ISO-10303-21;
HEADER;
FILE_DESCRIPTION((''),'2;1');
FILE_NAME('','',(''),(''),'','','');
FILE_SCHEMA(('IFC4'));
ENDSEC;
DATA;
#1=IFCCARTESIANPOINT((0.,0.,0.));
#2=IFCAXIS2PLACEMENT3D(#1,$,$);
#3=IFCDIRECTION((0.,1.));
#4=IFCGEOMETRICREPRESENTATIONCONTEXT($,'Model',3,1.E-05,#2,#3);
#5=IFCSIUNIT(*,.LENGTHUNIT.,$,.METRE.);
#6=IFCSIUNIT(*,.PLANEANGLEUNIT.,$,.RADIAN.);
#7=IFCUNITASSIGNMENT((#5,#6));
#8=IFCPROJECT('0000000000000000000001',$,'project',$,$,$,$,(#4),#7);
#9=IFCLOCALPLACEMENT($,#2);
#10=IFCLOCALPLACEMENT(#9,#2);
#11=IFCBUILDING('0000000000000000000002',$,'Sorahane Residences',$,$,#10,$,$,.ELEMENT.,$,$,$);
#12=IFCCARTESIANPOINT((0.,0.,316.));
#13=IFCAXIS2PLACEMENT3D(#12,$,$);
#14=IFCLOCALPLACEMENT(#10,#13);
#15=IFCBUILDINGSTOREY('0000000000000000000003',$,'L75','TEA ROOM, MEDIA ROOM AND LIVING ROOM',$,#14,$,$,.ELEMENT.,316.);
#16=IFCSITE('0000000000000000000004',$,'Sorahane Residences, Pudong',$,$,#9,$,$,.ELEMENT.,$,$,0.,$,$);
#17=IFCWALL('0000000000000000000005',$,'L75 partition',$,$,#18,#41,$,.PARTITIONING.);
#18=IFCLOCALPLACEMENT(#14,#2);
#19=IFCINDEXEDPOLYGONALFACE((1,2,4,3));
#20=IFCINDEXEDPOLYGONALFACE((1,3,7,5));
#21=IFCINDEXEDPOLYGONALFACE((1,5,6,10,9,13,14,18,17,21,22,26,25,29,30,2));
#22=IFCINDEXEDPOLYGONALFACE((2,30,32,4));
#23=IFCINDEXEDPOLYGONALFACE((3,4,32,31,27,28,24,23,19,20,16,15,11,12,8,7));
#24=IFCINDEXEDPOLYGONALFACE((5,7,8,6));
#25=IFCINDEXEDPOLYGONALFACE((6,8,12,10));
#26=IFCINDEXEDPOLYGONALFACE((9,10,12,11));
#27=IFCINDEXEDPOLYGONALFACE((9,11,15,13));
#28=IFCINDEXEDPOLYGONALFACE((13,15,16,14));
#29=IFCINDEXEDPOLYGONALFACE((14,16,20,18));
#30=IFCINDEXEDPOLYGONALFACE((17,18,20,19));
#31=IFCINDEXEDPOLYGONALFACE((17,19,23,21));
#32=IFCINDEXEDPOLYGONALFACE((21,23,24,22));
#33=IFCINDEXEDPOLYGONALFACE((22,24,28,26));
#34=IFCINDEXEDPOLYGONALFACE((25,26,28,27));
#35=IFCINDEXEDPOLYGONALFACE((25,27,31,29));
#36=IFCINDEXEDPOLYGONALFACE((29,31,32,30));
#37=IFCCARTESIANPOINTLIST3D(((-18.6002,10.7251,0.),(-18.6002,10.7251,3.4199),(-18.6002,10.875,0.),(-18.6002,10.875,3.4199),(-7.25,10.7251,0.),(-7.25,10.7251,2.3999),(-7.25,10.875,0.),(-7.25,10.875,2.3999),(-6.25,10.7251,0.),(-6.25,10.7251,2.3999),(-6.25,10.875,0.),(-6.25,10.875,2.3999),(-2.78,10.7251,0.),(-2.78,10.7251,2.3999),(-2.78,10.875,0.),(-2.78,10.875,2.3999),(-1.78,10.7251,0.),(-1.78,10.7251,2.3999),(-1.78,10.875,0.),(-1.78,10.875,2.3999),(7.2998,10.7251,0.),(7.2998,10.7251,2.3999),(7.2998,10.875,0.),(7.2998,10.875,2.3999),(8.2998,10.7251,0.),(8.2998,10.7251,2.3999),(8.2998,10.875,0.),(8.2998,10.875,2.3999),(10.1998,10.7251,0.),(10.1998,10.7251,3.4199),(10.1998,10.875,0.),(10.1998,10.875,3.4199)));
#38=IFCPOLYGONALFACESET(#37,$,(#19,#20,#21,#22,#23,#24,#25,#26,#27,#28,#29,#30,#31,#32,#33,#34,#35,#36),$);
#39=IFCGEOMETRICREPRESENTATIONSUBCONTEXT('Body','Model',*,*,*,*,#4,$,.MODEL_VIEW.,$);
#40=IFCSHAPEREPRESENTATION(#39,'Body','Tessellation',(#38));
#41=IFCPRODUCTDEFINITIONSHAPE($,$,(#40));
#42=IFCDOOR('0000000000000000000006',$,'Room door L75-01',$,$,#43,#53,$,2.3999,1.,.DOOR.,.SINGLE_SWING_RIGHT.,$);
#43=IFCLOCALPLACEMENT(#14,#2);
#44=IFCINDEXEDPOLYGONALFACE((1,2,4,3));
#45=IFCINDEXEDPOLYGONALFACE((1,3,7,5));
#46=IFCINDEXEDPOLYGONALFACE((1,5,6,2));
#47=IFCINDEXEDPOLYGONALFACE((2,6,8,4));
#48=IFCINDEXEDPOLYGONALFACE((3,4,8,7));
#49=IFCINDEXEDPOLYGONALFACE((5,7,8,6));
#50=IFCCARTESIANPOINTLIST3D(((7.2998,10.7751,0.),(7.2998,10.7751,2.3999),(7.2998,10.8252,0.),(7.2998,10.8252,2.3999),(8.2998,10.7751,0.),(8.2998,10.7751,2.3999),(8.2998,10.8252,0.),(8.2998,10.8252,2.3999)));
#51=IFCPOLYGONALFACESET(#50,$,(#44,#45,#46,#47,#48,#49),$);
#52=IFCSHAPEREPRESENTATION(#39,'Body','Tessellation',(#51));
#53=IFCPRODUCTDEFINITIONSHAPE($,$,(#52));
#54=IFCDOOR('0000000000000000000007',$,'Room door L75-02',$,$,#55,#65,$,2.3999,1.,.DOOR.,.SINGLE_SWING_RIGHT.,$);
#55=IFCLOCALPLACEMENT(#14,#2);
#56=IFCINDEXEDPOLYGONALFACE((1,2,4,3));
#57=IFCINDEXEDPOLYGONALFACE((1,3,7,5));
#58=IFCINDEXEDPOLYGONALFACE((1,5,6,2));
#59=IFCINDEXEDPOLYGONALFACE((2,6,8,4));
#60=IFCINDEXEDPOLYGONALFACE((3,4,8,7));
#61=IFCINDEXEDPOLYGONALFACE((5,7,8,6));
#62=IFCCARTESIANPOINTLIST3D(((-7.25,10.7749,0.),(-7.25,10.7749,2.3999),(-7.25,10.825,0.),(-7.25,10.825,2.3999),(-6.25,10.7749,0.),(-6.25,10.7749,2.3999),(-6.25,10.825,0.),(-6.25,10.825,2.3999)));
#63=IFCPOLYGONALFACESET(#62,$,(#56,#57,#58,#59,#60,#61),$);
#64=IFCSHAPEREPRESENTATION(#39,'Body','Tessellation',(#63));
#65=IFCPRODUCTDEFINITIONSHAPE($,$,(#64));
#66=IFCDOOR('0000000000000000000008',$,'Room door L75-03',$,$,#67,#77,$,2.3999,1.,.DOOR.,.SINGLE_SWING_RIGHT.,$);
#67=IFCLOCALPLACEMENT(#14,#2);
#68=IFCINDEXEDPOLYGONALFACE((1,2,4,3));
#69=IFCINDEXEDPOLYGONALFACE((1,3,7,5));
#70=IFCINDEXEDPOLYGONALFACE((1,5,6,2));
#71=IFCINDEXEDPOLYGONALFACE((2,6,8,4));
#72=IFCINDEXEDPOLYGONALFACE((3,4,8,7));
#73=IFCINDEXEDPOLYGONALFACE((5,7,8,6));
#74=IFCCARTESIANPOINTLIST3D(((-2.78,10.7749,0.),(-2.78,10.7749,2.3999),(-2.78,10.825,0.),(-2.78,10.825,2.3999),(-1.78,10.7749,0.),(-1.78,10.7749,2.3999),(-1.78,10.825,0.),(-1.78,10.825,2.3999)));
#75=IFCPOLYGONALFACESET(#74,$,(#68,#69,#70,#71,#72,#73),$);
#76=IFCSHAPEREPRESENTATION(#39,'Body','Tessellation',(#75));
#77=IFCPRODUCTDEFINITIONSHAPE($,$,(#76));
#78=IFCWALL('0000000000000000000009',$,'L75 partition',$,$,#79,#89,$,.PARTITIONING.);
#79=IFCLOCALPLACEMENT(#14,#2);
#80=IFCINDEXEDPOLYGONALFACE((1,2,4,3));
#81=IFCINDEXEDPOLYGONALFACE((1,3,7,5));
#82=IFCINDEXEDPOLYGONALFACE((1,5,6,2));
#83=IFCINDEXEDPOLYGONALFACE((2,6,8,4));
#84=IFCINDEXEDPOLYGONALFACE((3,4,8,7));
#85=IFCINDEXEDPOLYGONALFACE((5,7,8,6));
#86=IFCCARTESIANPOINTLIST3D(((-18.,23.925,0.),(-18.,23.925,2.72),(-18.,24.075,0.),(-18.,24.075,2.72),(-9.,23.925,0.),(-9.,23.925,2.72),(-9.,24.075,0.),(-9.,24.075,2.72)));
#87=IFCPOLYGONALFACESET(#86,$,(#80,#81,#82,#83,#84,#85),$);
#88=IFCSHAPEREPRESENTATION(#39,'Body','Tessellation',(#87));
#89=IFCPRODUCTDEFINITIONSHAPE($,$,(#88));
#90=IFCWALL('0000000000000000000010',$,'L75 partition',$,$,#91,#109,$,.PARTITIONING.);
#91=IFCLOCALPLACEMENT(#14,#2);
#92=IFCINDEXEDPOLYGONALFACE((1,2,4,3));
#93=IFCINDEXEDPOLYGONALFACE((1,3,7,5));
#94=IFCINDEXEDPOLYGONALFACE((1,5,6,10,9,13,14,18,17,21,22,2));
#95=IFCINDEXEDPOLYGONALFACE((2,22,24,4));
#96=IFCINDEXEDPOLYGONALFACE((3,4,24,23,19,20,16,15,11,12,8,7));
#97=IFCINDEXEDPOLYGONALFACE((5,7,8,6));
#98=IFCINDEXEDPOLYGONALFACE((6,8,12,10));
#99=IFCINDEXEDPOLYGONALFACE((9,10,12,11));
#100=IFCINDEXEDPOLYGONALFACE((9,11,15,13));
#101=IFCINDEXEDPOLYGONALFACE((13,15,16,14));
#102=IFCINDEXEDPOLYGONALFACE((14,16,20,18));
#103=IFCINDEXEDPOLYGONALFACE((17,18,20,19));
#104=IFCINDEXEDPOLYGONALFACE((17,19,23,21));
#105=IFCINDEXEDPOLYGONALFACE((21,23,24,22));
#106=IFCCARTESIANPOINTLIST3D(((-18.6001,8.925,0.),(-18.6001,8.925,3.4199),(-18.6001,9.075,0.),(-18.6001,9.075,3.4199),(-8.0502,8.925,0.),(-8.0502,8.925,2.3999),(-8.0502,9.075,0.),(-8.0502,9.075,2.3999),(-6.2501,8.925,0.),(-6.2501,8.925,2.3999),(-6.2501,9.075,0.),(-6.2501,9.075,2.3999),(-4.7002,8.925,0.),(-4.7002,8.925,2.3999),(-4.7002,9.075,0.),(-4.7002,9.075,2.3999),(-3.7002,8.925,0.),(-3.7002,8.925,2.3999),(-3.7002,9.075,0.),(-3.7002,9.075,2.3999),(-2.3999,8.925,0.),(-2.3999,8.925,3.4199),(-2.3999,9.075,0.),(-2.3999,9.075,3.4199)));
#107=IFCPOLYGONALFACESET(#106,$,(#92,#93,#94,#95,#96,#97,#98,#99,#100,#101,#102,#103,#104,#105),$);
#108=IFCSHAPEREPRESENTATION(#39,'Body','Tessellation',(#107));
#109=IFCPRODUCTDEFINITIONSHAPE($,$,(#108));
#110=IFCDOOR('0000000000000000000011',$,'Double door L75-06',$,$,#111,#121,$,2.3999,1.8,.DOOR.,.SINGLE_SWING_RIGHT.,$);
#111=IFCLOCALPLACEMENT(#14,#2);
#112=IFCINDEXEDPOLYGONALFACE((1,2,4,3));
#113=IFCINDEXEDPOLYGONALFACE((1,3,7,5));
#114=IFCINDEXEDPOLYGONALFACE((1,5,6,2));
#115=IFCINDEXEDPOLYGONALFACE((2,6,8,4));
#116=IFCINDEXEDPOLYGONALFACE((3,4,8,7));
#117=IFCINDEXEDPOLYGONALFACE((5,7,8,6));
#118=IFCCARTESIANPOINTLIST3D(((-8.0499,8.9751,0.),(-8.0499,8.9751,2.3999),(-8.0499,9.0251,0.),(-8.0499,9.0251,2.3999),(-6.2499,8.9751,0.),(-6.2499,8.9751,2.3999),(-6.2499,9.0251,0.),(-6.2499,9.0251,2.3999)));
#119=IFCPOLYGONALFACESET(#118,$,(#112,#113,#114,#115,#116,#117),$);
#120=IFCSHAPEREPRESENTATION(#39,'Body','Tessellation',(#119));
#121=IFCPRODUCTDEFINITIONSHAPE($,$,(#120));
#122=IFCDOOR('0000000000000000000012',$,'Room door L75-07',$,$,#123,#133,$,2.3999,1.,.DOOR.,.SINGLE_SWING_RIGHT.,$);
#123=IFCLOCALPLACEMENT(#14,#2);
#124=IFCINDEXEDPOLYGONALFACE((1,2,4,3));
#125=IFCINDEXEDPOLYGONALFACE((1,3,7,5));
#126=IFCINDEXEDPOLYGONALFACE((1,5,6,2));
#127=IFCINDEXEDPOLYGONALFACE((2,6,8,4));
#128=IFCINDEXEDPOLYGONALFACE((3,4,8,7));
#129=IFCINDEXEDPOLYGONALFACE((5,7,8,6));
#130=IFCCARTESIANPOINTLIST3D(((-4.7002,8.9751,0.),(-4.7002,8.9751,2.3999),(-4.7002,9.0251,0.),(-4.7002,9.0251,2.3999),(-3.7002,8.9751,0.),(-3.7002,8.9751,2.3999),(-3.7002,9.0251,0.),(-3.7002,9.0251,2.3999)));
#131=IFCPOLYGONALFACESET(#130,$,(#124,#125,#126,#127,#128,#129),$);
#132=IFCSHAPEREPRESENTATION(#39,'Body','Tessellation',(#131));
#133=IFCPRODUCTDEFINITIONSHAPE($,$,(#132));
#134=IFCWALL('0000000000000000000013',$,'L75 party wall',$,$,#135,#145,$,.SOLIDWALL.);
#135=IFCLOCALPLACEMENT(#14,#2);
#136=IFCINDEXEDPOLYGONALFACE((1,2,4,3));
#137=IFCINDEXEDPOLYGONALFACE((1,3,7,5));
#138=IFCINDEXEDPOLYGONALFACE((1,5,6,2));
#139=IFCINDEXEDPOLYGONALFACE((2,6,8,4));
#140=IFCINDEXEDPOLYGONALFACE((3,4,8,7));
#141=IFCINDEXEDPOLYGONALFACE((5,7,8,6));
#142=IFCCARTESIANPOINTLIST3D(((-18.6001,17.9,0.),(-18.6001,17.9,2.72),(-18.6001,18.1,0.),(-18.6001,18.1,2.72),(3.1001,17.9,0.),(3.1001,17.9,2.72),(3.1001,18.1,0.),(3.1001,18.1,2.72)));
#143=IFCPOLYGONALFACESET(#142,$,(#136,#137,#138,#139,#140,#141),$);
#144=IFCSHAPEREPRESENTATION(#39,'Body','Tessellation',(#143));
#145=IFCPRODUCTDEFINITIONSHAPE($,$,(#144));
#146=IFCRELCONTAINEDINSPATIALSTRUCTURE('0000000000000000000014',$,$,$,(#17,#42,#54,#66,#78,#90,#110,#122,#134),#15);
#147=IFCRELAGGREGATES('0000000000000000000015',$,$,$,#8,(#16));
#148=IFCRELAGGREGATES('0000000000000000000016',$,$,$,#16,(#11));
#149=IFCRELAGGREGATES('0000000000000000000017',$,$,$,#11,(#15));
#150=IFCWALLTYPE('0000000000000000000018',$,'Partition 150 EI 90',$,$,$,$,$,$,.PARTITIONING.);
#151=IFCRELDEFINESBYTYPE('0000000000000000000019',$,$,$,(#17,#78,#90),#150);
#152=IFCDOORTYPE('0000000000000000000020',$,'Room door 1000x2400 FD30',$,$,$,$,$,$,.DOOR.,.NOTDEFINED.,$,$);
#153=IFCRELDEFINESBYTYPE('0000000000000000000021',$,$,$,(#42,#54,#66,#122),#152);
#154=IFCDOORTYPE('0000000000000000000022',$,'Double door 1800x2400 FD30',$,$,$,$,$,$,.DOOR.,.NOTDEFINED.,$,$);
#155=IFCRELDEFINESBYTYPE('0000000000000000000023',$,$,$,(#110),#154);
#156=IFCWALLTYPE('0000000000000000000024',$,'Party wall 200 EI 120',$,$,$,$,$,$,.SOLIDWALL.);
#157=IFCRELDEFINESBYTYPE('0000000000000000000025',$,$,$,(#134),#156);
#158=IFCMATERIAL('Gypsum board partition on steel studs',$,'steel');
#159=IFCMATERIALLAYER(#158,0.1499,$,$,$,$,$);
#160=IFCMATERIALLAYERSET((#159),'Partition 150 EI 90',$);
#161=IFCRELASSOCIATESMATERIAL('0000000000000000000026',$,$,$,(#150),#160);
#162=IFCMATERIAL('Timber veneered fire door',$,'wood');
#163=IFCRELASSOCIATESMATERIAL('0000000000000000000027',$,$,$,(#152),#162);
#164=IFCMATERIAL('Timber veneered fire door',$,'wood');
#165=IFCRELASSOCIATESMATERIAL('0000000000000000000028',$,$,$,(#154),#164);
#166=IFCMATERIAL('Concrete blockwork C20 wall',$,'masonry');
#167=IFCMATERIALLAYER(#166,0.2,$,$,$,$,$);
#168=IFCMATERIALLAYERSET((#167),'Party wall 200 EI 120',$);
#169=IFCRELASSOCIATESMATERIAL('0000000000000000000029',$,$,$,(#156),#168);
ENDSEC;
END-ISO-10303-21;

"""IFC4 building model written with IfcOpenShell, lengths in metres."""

from ifc_helpers import new_model, si_unit, direction, frame, frame_2d, origin, place, context, subcontext, project, spatial, rectangle, extrude, material, layer, layer_set, type_object, element, fill, save


model = new_model("IFC4")

# Units and contexts
model_context = context("Model", 3, precision=1e-05, world=origin(), true_north=direction((0.0, 1.0)))
body_context = subcontext(model_context, "Body", "Model", "MODEL_VIEW")
ifc_project = project(units=[si_unit("LENGTHUNIT", "METRE"), si_unit("PLANEANGLEUNIT", "RADIAN")], contexts=[model_context])

# Site, building, storey
site_placement = place(None, origin())
site = spatial("IfcSite", under=ifc_project, at=site_placement, Name="Sorahane Residences, Pudong", CompositionType="ELEMENT", RefElevation=0.0)
building_placement = place(site_placement, origin())
building = spatial("IfcBuilding", under=site, at=building_placement, Name="Sorahane Residences", CompositionType="ELEMENT")
storey_placement = place(building_placement, frame((0.0, 0.0, 316.0)))
storey = spatial("IfcBuildingStorey", under=building, at=storey_placement, Name="L75", Description="TEA ROOM, MEDIA ROOM AND LIVING ROOM", CompositionType="ELEMENT", Elevation=316.0)

# Wall, openings, doors
ifc_material_1 = material(Name="Gypsum board partition on steel studs", Category="steel")
ifc_layer_1 = layer(ifc_material_1, 0.1499)
ifc_layer_set_1 = layer_set([ifc_layer_1], Name="Partition 150 EI 90")
wall_type_1 = type_object("IfcWallType", Name="Partition 150 EI 90", PredefinedType="PARTITIONING", material=ifc_layer_set_1)
wall_1_placement = place(storey_placement, frame((-18.6001, 10.8, 0.0), z_axis=(0.0, 0.0, 1.0), x_axis=(1.0, 0.0, 0.0)))
wall_1 = element("IfcWall", 1, at=wall_1_placement, inside=storey, type_object=wall_type_1, Name="L75 partition", PredefinedType="PARTITIONING", context=body_context, shape_type="SweptSolid", body=[
    extrude(rectangle(XDim=28.8, YDim=0.1499, at=frame_2d((14.3999, 0.0))), origin(), (0.0, 0.0, 1.0), 3.4199),
])
opening_1_placement = place(wall_1_placement, frame((25.8999, 0.0, 0.0)))
opening_1 = element("IfcOpeningElement", 2, at=opening_1_placement, cuts=wall_1, PredefinedType="OPENING", context=body_context, shape_type="SweptSolid", body=[
    extrude(rectangle(XDim=1.0, YDim=2.3999, at=frame_2d((0.5, 1.2))), frame((0.0, 0.085, 0.0), z_axis=(0.0, -1.0, 0.0), x_axis=(1.0, 0.0, 0.0)), (0.0, 0.0, 1.0), 0.1699),
])
opening_2_placement = place(wall_1_placement, frame((11.3501, 0.0, 0.0)))
opening_2 = element("IfcOpeningElement", 3, at=opening_2_placement, cuts=wall_1, PredefinedType="OPENING", context=body_context, shape_type="SweptSolid", body=[
    extrude(rectangle(XDim=1.0, YDim=2.3999, at=frame_2d((0.5, 1.2))), frame((0.0, 0.085, 0.0), z_axis=(0.0, -1.0, 0.0), x_axis=(1.0, 0.0, 0.0)), (0.0, 0.0, 1.0), 0.1699),
])
opening_3_placement = place(wall_1_placement, frame((15.8201, 0.0, 0.0)))
opening_3 = element("IfcOpeningElement", 4, at=opening_3_placement, cuts=wall_1, PredefinedType="OPENING", context=body_context, shape_type="SweptSolid", body=[
    extrude(rectangle(XDim=1.0, YDim=2.3999, at=frame_2d((0.5, 1.2))), frame((0.0, 0.085, 0.0), z_axis=(0.0, -1.0, 0.0), x_axis=(1.0, 0.0, 0.0)), (0.0, 0.0, 1.0), 0.1699),
])
ifc_material_2 = material(Name="Timber veneered fire door", Category="wood")
door_type_1 = type_object("IfcDoorType", Name="Room door 1000x2400 FD30", OperationType="NOTDEFINED", PredefinedType="DOOR", material=ifc_material_2)
door_1_placement = place(opening_1_placement, frame((1.0, 0.0, 0.0), z_axis=(0.0, 0.0, 1.0), x_axis=(-1.0, 0.0, 0.0)))
door_1 = element("IfcDoor", 5, at=door_1_placement, inside=storey, type_object=door_type_1, Name="Room door L75-01", OperationType="SINGLE_SWING_RIGHT", OverallHeight=2.3999, OverallWidth=1.0, PredefinedType="DOOR", context=body_context, shape_type="SweptSolid", body=[
    extrude(rectangle(XDim=1.0, YDim=2.3999, at=frame_2d((0.5, 1.2))), frame((0.0, 0.0249, 0.0), z_axis=(0.0, -1.0, 0.0), x_axis=(1.0, 0.0, 0.0)), (0.0, 0.0, 1.0), 0.05),
])
fill(opening_1, door_1)
door_2_placement = place(opening_2_placement, origin())
door_2 = element("IfcDoor", 6, at=door_2_placement, inside=storey, type_object=door_type_1, Name="Room door L75-02", OperationType="SINGLE_SWING_RIGHT", OverallHeight=2.3999, OverallWidth=1.0, PredefinedType="DOOR", context=body_context, shape_type="SweptSolid", body=[
    extrude(rectangle(XDim=1.0, YDim=2.3999, at=frame_2d((0.5, 1.2))), frame((0.0, 0.0249, 0.0), z_axis=(0.0, -1.0, 0.0), x_axis=(1.0, 0.0, 0.0)), (0.0, 0.0, 1.0), 0.05),
])
fill(opening_2, door_2)
door_3_placement = place(opening_3_placement, origin())
door_3 = element("IfcDoor", 7, at=door_3_placement, inside=storey, type_object=door_type_1, Name="Room door L75-03", OperationType="SINGLE_SWING_RIGHT", OverallHeight=2.3999, OverallWidth=1.0, PredefinedType="DOOR", context=body_context, shape_type="SweptSolid", body=[
    extrude(rectangle(XDim=1.0, YDim=2.3999, at=frame_2d((0.5, 1.2))), frame((0.0, 0.0249, 0.0), z_axis=(0.0, -1.0, 0.0), x_axis=(1.0, 0.0, 0.0)), (0.0, 0.0, 1.0), 0.05),
])
fill(opening_3, door_3)

# Wall
wall_2_placement = place(storey_placement, frame((-18.0, 24.0, 0.0), z_axis=(0.0, 0.0, 1.0), x_axis=(1.0, 0.0, 0.0)))
element("IfcWall", 8, at=wall_2_placement, inside=storey, type_object=wall_type_1, Name="L75 partition", PredefinedType="PARTITIONING", context=body_context, shape_type="SweptSolid", body=[
    extrude(rectangle(XDim=9.0, YDim=0.1499, at=frame_2d((4.5, 0.0))), origin(), (0.0, 0.0, 1.0), 2.72),
])

# Wall, openings, doors
wall_3_placement = place(storey_placement, frame((-18.6001, 9.0, 0.0), z_axis=(0.0, 0.0, 1.0), x_axis=(1.0, 0.0, 0.0)))
wall_3 = element("IfcWall", 9, at=wall_3_placement, inside=storey, type_object=wall_type_1, Name="L75 partition", PredefinedType="PARTITIONING", context=body_context, shape_type="SweptSolid", body=[
    extrude(rectangle(XDim=16.2002, YDim=0.1499, at=frame_2d((8.1001, 0.0))), origin(), (0.0, 0.0, 1.0), 3.4199),
])
opening_4_placement = place(wall_3_placement, frame((10.55, 0.0, 0.0)))
opening_4 = element("IfcOpeningElement", 10, at=opening_4_placement, cuts=wall_3, PredefinedType="OPENING", context=body_context, shape_type="SweptSolid", body=[
    extrude(rectangle(XDim=1.8, YDim=2.3999, at=frame_2d((0.8999, 1.2))), frame((0.0, 0.085, 0.0), z_axis=(0.0, -1.0, 0.0), x_axis=(1.0, 0.0, 0.0)), (0.0, 0.0, 1.0), 0.1699),
])
opening_5_placement = place(wall_3_placement, frame((13.8999, 0.0, 0.0)))
opening_5 = element("IfcOpeningElement", 11, at=opening_5_placement, cuts=wall_3, PredefinedType="OPENING", context=body_context, shape_type="SweptSolid", body=[
    extrude(rectangle(XDim=1.0, YDim=2.3999, at=frame_2d((0.5, 1.2))), frame((0.0, 0.085, 0.0), z_axis=(0.0, -1.0, 0.0), x_axis=(1.0, 0.0, 0.0)), (0.0, 0.0, 1.0), 0.1699),
])
ifc_material_3 = material(Name="Timber veneered fire door", Category="wood")
door_type_2 = type_object("IfcDoorType", Name="Double door 1800x2400 FD30", OperationType="NOTDEFINED", PredefinedType="DOOR", material=ifc_material_3)
door_4_placement = place(opening_4_placement, frame((1.8, 0.0, 0.0), z_axis=(0.0, 0.0, 1.0), x_axis=(-1.0, 0.0, 0.0)))
door_4 = element("IfcDoor", 12, at=door_4_placement, inside=storey, type_object=door_type_2, Name="Double door L75-06", OperationType="SINGLE_SWING_RIGHT", OverallHeight=2.3999, OverallWidth=1.8, PredefinedType="DOOR", context=body_context, shape_type="SweptSolid", body=[
    extrude(rectangle(XDim=1.8, YDim=2.3999, at=frame_2d((0.8999, 1.2))), frame((0.0, 0.0249, 0.0), z_axis=(0.0, -1.0, 0.0), x_axis=(1.0, 0.0, 0.0)), (0.0, 0.0, 1.0), 0.05),
])
fill(opening_4, door_4)
door_5_placement = place(opening_5_placement, frame((1.0, 0.0, 0.0), z_axis=(0.0, 0.0, 1.0), x_axis=(-1.0, 0.0, 0.0)))
door_5 = element("IfcDoor", 13, at=door_5_placement, inside=storey, type_object=door_type_1, Name="Room door L75-07", OperationType="SINGLE_SWING_RIGHT", OverallHeight=2.3999, OverallWidth=1.0, PredefinedType="DOOR", context=body_context, shape_type="SweptSolid", body=[
    extrude(rectangle(XDim=1.0, YDim=2.3999, at=frame_2d((0.5, 1.2))), frame((0.0, 0.0249, 0.0), z_axis=(0.0, -1.0, 0.0), x_axis=(1.0, 0.0, 0.0)), (0.0, 0.0, 1.0), 0.05),
])
fill(opening_5, door_5)

# Wall
ifc_material_4 = material(Name="Concrete blockwork C20 wall", Category="masonry")
ifc_layer_2 = layer(ifc_material_4, 0.2)
ifc_layer_set_2 = layer_set([ifc_layer_2], Name="Party wall 200 EI 120")
wall_type_2 = type_object("IfcWallType", Name="Party wall 200 EI 120", PredefinedType="SOLIDWALL", material=ifc_layer_set_2)
wall_4_placement = place(storey_placement, frame((-18.6001, 18.0, 0.0), z_axis=(0.0, 0.0, 1.0), x_axis=(1.0, 0.0, 0.0)))
element("IfcWall", 14, at=wall_4_placement, inside=storey, type_object=wall_type_2, Name="L75 party wall", PredefinedType="SOLIDWALL", context=body_context, shape_type="SweptSolid", body=[
    extrude(rectangle(XDim=21.7002, YDim=0.2, at=frame_2d((10.8501, 0.0))), origin(), (0.0, 0.0, 1.0), 2.72),
])

save(model, "model.ifc")
